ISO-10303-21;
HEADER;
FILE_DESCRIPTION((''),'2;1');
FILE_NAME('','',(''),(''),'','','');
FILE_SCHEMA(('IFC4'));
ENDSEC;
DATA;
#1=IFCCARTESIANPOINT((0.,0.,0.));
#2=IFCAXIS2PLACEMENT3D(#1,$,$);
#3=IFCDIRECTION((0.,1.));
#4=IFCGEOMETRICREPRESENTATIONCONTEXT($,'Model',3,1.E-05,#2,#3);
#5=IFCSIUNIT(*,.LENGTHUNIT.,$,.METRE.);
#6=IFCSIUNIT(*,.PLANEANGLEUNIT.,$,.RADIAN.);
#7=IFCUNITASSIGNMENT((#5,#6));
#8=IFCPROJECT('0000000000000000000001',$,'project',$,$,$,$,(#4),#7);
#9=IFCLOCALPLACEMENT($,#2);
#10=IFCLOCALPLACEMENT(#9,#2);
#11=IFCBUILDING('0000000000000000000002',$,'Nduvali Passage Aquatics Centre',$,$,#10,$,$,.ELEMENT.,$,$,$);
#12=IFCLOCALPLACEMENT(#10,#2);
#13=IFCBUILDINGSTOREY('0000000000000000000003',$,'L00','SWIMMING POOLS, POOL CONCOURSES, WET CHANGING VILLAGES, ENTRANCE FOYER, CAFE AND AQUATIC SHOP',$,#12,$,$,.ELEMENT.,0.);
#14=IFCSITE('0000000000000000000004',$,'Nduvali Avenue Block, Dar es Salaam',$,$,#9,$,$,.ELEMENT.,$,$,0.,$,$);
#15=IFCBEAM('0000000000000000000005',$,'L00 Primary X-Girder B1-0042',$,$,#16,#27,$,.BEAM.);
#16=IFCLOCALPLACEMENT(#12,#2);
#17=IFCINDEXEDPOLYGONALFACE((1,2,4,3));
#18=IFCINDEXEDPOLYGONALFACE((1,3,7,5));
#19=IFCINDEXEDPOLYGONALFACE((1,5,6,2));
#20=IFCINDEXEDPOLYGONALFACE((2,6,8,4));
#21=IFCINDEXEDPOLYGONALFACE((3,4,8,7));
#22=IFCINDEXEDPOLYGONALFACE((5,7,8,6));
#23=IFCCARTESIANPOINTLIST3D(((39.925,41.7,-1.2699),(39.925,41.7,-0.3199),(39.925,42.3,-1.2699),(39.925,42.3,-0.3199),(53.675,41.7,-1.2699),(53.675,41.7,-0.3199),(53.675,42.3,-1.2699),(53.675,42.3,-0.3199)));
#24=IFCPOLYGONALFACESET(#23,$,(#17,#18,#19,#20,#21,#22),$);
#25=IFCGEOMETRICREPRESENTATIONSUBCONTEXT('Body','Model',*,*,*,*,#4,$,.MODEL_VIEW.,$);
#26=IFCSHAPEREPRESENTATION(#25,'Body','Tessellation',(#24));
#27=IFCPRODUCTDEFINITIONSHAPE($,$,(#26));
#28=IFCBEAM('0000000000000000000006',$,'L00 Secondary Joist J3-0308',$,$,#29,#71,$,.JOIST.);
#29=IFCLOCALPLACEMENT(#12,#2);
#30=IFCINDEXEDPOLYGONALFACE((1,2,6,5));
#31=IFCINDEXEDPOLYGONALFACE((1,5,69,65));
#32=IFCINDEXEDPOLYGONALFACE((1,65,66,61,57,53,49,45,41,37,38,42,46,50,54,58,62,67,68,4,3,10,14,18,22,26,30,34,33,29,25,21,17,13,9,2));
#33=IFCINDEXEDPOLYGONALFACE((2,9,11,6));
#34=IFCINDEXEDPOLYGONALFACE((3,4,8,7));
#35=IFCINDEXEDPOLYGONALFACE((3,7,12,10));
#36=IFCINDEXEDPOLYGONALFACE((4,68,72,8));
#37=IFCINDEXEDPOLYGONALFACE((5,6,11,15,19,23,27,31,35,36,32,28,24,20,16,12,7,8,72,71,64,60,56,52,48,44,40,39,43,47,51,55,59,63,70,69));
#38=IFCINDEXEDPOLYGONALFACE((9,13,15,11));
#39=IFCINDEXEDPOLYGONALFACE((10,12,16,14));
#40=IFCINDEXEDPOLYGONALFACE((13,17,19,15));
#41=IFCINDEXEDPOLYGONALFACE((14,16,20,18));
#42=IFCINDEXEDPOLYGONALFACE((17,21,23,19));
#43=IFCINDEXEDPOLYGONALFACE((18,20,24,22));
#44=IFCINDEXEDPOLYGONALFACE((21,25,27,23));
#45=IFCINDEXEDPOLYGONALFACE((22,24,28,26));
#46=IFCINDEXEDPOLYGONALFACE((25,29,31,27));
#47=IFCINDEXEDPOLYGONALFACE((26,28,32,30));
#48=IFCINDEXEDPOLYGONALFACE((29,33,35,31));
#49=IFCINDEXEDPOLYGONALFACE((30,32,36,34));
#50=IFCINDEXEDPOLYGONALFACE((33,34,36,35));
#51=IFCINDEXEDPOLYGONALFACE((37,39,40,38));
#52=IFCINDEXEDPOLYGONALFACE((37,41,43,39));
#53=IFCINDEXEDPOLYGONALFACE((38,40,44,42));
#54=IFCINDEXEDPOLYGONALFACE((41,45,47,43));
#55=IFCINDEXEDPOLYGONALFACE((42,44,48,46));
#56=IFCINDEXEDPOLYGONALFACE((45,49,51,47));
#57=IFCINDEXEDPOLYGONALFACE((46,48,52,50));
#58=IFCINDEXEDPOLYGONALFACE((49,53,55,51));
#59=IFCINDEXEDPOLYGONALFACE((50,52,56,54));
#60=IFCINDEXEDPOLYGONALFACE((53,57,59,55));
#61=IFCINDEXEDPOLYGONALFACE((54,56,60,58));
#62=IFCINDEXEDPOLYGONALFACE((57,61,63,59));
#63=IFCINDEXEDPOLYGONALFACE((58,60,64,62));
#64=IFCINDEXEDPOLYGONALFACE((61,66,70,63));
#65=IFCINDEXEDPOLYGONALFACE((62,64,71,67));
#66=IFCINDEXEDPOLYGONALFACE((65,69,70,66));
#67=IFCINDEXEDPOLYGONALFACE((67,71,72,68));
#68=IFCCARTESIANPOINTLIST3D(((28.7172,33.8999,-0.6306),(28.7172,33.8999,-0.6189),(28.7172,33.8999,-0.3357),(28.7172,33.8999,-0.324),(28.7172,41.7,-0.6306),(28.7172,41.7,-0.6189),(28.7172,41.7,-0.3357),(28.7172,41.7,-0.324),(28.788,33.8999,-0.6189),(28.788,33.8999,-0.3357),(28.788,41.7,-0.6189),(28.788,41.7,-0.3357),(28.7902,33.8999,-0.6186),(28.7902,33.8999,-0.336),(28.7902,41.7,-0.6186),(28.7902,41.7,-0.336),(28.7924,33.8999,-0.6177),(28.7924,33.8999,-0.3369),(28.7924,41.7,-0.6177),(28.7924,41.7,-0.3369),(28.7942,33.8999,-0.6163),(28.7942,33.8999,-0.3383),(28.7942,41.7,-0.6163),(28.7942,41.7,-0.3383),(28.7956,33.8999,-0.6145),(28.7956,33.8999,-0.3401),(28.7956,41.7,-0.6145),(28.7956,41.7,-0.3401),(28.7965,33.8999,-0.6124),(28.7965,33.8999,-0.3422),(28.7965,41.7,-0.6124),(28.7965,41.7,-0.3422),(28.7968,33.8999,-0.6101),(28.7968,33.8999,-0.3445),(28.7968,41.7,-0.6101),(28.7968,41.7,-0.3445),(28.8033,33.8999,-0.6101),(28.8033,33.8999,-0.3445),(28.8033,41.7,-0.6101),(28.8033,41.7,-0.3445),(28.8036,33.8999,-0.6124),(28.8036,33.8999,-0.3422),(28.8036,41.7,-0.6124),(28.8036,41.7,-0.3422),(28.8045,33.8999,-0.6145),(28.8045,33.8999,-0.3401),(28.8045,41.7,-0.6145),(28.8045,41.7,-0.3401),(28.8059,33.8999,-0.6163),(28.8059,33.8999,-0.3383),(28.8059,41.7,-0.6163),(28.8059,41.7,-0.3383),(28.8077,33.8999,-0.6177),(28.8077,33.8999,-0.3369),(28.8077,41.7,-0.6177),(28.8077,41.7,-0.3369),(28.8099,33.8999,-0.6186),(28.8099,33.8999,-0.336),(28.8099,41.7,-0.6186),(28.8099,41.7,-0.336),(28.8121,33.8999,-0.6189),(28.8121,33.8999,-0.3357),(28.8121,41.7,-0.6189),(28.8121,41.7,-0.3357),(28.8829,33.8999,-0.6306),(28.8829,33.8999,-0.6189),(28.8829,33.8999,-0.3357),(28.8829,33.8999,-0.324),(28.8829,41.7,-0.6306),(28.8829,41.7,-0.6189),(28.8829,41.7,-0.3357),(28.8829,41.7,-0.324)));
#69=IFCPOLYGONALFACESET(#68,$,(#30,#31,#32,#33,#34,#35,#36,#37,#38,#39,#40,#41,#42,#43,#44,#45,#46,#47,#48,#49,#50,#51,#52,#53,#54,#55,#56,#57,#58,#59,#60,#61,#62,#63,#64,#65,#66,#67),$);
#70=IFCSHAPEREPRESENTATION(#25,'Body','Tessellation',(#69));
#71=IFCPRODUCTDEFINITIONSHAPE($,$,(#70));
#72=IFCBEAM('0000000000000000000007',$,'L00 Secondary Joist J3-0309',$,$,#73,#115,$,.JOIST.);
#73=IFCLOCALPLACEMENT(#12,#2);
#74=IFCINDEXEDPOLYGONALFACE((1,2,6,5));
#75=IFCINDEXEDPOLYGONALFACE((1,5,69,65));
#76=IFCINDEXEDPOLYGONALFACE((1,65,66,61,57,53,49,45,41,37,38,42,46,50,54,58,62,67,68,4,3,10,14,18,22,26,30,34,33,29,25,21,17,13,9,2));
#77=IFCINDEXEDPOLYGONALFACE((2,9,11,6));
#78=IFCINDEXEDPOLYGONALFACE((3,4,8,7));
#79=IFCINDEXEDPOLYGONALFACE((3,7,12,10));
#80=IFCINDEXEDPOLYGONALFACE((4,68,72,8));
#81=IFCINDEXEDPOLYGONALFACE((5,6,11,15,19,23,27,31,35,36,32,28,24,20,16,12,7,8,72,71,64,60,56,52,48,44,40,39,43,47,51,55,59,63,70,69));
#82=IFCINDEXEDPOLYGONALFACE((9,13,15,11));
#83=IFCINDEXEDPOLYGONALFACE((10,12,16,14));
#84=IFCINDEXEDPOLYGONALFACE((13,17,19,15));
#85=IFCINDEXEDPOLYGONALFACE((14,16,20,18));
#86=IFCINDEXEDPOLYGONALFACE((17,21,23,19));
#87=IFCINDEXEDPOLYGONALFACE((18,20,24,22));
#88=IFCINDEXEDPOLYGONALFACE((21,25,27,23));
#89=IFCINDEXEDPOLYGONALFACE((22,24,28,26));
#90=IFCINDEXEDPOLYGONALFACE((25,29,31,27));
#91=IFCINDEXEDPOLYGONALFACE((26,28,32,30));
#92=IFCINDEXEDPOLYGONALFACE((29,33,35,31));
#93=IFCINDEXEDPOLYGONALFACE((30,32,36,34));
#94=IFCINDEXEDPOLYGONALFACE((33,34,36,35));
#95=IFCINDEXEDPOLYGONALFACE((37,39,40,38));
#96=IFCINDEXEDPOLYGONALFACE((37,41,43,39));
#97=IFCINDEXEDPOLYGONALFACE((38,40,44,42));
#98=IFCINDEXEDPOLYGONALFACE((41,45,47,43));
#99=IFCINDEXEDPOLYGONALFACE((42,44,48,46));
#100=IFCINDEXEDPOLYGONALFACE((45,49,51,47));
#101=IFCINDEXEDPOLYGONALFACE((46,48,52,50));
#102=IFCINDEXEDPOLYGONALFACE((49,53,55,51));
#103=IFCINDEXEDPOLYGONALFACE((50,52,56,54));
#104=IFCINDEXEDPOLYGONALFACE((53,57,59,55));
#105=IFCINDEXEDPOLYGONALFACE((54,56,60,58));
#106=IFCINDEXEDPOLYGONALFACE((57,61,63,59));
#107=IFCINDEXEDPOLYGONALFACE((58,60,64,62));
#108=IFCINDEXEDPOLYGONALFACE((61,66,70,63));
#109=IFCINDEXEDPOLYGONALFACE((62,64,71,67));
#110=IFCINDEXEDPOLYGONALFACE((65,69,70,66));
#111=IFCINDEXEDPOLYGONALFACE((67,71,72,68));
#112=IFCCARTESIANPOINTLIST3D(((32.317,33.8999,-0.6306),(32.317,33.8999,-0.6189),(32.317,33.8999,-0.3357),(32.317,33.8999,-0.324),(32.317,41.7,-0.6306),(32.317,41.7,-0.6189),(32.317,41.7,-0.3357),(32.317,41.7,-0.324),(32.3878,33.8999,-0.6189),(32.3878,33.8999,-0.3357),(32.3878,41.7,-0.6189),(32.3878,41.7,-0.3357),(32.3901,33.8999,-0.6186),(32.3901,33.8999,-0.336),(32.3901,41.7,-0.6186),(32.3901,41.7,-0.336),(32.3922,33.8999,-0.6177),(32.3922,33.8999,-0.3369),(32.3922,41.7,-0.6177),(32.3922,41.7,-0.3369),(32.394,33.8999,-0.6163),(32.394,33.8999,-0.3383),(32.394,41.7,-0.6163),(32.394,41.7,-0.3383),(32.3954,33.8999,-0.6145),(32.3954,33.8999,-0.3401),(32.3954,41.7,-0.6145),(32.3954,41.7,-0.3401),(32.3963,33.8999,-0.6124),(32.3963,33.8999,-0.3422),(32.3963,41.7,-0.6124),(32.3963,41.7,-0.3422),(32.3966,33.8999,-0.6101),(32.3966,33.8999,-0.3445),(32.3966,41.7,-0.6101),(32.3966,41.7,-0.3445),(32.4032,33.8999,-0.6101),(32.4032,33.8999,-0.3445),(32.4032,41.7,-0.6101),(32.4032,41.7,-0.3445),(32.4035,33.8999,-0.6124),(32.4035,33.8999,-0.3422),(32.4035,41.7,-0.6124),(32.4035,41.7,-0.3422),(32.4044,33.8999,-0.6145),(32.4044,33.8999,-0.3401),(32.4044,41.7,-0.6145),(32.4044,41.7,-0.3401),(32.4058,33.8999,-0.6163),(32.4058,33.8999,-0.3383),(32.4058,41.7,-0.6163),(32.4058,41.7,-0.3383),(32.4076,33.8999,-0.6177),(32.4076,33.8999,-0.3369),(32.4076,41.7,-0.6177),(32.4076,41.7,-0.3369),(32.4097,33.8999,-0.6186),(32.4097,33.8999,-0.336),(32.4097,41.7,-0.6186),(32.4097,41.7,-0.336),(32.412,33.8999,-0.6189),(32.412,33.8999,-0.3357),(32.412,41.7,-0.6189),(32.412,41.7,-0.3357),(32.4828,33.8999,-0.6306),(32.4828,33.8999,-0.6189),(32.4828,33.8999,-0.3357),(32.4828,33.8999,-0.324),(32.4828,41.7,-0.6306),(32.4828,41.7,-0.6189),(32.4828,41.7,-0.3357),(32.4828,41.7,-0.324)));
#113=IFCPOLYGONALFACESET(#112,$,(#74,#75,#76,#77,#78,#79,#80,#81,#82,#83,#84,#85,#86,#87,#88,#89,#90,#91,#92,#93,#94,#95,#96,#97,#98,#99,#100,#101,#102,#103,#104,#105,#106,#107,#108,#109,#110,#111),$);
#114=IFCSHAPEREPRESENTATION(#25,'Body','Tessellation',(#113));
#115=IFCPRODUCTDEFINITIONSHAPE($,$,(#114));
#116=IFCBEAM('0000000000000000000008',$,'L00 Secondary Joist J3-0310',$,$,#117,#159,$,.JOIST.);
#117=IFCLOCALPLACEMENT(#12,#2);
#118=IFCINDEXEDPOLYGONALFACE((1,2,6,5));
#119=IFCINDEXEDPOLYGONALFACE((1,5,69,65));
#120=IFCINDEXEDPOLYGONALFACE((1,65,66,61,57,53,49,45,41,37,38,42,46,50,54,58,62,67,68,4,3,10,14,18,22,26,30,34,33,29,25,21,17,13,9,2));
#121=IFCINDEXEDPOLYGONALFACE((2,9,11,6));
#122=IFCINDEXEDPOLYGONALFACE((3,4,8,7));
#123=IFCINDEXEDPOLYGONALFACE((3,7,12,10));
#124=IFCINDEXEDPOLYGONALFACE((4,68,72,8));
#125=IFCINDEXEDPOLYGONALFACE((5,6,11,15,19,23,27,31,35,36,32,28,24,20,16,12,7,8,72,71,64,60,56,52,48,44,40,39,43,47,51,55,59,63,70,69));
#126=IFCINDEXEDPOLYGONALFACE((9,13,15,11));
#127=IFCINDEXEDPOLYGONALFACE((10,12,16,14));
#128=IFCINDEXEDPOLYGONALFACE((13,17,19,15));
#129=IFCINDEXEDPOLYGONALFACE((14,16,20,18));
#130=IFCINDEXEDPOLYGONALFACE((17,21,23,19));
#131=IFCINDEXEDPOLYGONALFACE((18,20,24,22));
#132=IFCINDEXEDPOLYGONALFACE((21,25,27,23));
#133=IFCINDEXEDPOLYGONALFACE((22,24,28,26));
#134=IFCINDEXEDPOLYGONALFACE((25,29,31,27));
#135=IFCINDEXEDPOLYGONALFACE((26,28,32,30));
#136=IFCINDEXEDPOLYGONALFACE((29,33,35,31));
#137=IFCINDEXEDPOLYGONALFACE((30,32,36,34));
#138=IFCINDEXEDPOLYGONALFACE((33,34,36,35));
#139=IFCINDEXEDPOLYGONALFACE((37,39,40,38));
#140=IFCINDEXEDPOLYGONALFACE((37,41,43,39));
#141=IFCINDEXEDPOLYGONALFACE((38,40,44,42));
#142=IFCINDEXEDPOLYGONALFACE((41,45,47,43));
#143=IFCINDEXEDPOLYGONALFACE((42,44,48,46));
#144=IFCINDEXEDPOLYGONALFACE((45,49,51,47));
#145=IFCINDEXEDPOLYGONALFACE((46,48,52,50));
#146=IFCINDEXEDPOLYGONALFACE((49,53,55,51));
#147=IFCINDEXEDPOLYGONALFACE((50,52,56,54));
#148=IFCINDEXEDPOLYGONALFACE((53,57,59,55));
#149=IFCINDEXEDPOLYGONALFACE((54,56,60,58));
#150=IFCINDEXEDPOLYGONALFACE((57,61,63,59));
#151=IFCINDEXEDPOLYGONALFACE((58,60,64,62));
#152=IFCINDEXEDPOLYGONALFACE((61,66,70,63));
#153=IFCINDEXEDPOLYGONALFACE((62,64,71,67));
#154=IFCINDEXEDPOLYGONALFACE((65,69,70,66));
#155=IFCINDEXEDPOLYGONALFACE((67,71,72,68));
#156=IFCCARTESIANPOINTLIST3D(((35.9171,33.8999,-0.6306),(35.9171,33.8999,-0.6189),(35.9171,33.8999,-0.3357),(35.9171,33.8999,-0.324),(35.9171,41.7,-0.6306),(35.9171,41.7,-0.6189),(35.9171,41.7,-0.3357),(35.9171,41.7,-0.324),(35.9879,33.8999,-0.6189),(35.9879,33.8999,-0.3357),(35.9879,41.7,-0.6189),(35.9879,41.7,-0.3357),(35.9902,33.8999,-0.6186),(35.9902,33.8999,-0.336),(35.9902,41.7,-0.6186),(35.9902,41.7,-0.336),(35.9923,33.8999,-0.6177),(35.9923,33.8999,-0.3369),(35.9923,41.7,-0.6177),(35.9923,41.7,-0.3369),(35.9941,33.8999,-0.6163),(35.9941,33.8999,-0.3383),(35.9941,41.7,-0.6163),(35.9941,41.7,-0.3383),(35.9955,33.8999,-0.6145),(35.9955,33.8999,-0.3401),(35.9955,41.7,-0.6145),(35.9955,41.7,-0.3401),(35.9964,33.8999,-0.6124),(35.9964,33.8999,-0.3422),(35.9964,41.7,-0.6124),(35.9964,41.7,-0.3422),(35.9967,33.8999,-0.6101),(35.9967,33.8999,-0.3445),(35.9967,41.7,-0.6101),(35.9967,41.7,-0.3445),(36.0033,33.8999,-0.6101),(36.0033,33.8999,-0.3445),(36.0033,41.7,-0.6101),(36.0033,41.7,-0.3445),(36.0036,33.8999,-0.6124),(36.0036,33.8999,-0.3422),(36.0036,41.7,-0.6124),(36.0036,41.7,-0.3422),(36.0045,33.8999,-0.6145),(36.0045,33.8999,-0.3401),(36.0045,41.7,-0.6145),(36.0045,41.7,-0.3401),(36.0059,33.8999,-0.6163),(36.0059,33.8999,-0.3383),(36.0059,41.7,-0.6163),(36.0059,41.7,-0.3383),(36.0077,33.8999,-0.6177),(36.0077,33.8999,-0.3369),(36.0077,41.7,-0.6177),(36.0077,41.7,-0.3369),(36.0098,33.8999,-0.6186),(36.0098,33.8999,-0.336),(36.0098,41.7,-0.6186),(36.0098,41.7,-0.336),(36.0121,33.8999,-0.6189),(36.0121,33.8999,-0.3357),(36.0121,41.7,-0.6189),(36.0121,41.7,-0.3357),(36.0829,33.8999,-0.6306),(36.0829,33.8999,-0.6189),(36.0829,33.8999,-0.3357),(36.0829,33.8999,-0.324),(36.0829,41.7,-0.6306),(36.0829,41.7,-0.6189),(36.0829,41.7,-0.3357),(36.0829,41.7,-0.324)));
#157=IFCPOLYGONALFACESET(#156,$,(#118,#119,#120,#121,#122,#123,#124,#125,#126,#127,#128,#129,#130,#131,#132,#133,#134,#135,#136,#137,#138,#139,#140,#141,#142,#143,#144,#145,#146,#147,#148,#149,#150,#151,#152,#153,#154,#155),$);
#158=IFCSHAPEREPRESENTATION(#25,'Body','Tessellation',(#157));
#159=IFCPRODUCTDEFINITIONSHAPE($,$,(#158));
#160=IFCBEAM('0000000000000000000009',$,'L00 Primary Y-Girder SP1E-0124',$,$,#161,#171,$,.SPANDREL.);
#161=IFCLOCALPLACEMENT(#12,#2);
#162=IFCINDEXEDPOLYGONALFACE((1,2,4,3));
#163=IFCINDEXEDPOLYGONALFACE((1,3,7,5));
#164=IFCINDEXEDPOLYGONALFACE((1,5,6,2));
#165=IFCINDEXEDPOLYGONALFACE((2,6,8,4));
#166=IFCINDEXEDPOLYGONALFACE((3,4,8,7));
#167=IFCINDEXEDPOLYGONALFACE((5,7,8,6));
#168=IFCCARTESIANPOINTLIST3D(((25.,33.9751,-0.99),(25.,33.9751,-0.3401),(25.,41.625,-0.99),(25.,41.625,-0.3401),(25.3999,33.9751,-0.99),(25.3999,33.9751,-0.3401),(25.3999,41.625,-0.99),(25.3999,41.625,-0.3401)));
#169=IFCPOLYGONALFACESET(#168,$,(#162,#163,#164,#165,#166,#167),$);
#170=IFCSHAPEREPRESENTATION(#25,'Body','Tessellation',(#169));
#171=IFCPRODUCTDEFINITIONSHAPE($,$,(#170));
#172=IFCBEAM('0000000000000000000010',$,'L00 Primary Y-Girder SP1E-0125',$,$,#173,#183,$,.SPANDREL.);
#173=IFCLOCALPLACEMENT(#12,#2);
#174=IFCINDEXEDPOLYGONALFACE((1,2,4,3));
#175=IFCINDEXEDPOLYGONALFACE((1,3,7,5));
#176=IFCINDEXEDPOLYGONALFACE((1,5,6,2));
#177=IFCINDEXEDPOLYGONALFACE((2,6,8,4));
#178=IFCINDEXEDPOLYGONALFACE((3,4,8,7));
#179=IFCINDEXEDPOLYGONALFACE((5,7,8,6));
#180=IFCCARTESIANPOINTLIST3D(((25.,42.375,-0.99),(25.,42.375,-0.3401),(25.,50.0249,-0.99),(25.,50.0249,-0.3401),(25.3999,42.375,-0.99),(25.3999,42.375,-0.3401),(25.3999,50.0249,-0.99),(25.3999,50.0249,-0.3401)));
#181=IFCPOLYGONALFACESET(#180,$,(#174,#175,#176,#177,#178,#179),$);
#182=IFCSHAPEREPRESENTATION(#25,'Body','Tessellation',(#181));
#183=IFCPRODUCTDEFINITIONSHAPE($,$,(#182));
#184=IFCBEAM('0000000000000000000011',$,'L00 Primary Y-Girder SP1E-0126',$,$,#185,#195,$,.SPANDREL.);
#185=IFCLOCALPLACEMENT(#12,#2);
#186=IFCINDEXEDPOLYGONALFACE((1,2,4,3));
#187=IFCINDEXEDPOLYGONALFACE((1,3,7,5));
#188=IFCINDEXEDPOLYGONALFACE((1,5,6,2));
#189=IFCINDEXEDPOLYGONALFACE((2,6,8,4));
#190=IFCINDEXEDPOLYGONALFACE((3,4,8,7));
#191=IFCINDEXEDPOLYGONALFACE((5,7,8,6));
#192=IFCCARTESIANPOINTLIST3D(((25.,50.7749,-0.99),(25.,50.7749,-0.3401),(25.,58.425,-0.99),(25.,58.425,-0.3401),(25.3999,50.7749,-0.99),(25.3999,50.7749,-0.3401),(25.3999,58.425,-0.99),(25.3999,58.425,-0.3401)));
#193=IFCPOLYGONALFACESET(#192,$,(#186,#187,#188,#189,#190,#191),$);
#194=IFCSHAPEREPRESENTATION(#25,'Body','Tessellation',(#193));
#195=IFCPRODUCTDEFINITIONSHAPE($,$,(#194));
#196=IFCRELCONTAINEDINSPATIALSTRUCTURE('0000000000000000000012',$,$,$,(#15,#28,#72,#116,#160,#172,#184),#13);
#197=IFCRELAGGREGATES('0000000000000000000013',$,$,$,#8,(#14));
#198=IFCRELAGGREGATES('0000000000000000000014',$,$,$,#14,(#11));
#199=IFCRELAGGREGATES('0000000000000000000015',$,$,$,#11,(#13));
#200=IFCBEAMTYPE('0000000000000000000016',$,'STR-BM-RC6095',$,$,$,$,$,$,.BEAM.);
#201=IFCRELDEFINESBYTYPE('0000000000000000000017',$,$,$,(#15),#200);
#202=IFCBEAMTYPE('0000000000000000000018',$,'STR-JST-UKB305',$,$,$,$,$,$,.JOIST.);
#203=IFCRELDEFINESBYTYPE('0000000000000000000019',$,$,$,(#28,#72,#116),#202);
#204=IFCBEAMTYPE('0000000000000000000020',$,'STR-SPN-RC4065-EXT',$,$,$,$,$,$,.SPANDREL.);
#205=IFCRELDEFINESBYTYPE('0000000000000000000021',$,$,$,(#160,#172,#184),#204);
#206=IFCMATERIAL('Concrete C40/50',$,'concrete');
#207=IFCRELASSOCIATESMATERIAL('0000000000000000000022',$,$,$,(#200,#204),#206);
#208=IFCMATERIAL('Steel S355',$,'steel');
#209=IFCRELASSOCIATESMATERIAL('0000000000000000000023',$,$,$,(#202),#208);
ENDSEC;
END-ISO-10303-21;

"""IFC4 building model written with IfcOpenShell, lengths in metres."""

from ifc_helpers import new_model, si_unit, direction, frame, origin, origin_2d, place, context, subcontext, project, spatial, rectangle, i_section, extrude, material, material_profile, profile_set, type_object, element, save


model = new_model("IFC4")

# Units and contexts
model_context = context("Model", 3, precision=1e-05, world=origin(), true_north=direction((0.0, 1.0)))
body_context = subcontext(model_context, "Body", "Model", "MODEL_VIEW")
ifc_project = project(units=[si_unit("LENGTHUNIT", "METRE"), si_unit("PLANEANGLEUNIT", "RADIAN")], contexts=[model_context])

# Site, building, storey
site_placement = place(None, origin())
site = spatial("IfcSite", under=ifc_project, at=site_placement, Name="Nduvali Avenue Block, Dar es Salaam", CompositionType="ELEMENT", RefElevation=0.0)
building_placement = place(site_placement, origin())
building = spatial("IfcBuilding", under=site, at=building_placement, Name="Nduvali Passage Aquatics Centre", CompositionType="ELEMENT")
storey_placement = place(building_placement, origin())
storey = spatial("IfcBuildingStorey", under=building, at=storey_placement, Name="L00", Description="SWIMMING POOLS, POOL CONCOURSES, WET CHANGING VILLAGES, ENTRANCE FOYER, CAFE AND AQUATIC SHOP", CompositionType="ELEMENT", Elevation=0.0)

# Shared definitions
ifc_material_1 = material(Name="Concrete C40/50", Category="concrete")

# Beams
ifc_material_profile_1 = material_profile(ifc_material_1, rectangle(XDim=0.6001, YDim=0.95, at=origin_2d()), Name="RC 600x950")
ifc_profile_set_1 = profile_set([ifc_material_profile_1], Name="Concrete C40/50")
beam_type_1 = type_object("IfcBeamType", Name="STR-BM-RC6095", PredefinedType="BEAM", material=ifc_profile_set_1)
beam_1_placement = place(storey_placement, frame((39.925, 42.0, -0.7949), z_axis=(1.0, 0.0, 0.0), x_axis=(0.0, 1.0, 0.0)))
element("IfcBeam", 1, at=beam_1_placement, inside=storey, type_object=beam_type_1, Name="L00 Primary X-Girder B1-0042", PredefinedType="BEAM", context=body_context, shape_type="SweptSolid", body=[
    extrude(rectangle(XDim=0.6001, YDim=0.95, at=origin_2d()), origin(), (0.0, 0.0, 1.0), 13.75),
])
ifc_material_2 = material(Name="Steel S355", Category="steel")
ifc_material_profile_2 = material_profile(ifc_material_2, i_section(OverallWidth=0.1658, OverallDepth=0.3066, WebThickness=0.0066, FlangeThickness=0.0117, FilletRadius=0.0088, at=origin_2d()), Name="UKB 305x165x46")
ifc_profile_set_2 = profile_set([ifc_material_profile_2], Name="Steel S355")
beam_type_2 = type_object("IfcBeamType", Name="STR-JST-UKB305", PredefinedType="JOIST", material=ifc_profile_set_2)
for number, where, z_axis, x_axis, name in (
    (2, (28.8, 33.8999, -0.4773), (0.0, 1.0, 0.0), (-1.0, 0.0, 0.0), "L00 Secondary Joist J3-0308"),
    (3, (32.3999, 33.8999, -0.4773), (0.0, 1.0, 0.0), (-1.0, 0.0, 0.0), "L00 Secondary Joist J3-0309"),
    (4, (36.0, 33.8999, -0.4773), (0.0, 1.0, 0.0), (-1.0, 0.0, 0.0), "L00 Secondary Joist J3-0310"),
):
    element("IfcBeam", number, at=place(storey_placement, frame(where, z_axis=z_axis, x_axis=x_axis)), inside=storey, type_object=beam_type_2, Name=name, PredefinedType="JOIST", context=body_context, shape_type="SweptSolid", body=[
        extrude(i_section(OverallWidth=0.1658, OverallDepth=0.3066, WebThickness=0.0066, FlangeThickness=0.0117, FilletRadius=0.0088, at=origin_2d()), origin(), (0.0, 0.0, 1.0), 7.8),
    ])
ifc_material_profile_3 = material_profile(ifc_material_1, rectangle(XDim=0.3999, YDim=0.6499, at=origin_2d()), Name="RC 400x650")
ifc_profile_set_3 = profile_set([ifc_material_profile_3], Name="Concrete C40/50")
beam_type_3 = type_object("IfcBeamType", Name="STR-SPN-RC4065-EXT", PredefinedType="SPANDREL", material=ifc_profile_set_3)
for number, where, z_axis, x_axis, name in (
    (5, (25.2, 33.9751, -0.665), (0.0, 1.0, 0.0), (-1.0, 0.0, 0.0), "L00 Primary Y-Girder SP1E-0124"),
    (6, (25.2, 42.375, -0.665), (0.0, 1.0, 0.0), (-1.0, 0.0, 0.0), "L00 Primary Y-Girder SP1E-0125"),
):
    element("IfcBeam", number, at=place(storey_placement, frame(where, z_axis=z_axis, x_axis=x_axis)), inside=storey, type_object=beam_type_3, Name=name, PredefinedType="SPANDREL", context=body_context, shape_type="SweptSolid", body=[
        extrude(rectangle(XDim=0.3999, YDim=0.6499, at=origin_2d()), origin(), (0.0, 0.0, 1.0), 7.6499),
    ])
beam_2_placement = place(storey_placement, frame((25.2, 50.7749, -0.665), z_axis=(0.0, 1.0, 0.0), x_axis=(-1.0, 0.0, 0.0)))
element("IfcBeam", 7, at=beam_2_placement, inside=storey, type_object=beam_type_3, Name="L00 Primary Y-Girder SP1E-0126", PredefinedType="SPANDREL", context=body_context, shape_type="SweptSolid", body=[
    extrude(rectangle(XDim=0.3999, YDim=0.6499, at=origin_2d()), origin(), (0.0, 0.0, 1.0), 7.6501),
])

save(model, "model.ifc")
